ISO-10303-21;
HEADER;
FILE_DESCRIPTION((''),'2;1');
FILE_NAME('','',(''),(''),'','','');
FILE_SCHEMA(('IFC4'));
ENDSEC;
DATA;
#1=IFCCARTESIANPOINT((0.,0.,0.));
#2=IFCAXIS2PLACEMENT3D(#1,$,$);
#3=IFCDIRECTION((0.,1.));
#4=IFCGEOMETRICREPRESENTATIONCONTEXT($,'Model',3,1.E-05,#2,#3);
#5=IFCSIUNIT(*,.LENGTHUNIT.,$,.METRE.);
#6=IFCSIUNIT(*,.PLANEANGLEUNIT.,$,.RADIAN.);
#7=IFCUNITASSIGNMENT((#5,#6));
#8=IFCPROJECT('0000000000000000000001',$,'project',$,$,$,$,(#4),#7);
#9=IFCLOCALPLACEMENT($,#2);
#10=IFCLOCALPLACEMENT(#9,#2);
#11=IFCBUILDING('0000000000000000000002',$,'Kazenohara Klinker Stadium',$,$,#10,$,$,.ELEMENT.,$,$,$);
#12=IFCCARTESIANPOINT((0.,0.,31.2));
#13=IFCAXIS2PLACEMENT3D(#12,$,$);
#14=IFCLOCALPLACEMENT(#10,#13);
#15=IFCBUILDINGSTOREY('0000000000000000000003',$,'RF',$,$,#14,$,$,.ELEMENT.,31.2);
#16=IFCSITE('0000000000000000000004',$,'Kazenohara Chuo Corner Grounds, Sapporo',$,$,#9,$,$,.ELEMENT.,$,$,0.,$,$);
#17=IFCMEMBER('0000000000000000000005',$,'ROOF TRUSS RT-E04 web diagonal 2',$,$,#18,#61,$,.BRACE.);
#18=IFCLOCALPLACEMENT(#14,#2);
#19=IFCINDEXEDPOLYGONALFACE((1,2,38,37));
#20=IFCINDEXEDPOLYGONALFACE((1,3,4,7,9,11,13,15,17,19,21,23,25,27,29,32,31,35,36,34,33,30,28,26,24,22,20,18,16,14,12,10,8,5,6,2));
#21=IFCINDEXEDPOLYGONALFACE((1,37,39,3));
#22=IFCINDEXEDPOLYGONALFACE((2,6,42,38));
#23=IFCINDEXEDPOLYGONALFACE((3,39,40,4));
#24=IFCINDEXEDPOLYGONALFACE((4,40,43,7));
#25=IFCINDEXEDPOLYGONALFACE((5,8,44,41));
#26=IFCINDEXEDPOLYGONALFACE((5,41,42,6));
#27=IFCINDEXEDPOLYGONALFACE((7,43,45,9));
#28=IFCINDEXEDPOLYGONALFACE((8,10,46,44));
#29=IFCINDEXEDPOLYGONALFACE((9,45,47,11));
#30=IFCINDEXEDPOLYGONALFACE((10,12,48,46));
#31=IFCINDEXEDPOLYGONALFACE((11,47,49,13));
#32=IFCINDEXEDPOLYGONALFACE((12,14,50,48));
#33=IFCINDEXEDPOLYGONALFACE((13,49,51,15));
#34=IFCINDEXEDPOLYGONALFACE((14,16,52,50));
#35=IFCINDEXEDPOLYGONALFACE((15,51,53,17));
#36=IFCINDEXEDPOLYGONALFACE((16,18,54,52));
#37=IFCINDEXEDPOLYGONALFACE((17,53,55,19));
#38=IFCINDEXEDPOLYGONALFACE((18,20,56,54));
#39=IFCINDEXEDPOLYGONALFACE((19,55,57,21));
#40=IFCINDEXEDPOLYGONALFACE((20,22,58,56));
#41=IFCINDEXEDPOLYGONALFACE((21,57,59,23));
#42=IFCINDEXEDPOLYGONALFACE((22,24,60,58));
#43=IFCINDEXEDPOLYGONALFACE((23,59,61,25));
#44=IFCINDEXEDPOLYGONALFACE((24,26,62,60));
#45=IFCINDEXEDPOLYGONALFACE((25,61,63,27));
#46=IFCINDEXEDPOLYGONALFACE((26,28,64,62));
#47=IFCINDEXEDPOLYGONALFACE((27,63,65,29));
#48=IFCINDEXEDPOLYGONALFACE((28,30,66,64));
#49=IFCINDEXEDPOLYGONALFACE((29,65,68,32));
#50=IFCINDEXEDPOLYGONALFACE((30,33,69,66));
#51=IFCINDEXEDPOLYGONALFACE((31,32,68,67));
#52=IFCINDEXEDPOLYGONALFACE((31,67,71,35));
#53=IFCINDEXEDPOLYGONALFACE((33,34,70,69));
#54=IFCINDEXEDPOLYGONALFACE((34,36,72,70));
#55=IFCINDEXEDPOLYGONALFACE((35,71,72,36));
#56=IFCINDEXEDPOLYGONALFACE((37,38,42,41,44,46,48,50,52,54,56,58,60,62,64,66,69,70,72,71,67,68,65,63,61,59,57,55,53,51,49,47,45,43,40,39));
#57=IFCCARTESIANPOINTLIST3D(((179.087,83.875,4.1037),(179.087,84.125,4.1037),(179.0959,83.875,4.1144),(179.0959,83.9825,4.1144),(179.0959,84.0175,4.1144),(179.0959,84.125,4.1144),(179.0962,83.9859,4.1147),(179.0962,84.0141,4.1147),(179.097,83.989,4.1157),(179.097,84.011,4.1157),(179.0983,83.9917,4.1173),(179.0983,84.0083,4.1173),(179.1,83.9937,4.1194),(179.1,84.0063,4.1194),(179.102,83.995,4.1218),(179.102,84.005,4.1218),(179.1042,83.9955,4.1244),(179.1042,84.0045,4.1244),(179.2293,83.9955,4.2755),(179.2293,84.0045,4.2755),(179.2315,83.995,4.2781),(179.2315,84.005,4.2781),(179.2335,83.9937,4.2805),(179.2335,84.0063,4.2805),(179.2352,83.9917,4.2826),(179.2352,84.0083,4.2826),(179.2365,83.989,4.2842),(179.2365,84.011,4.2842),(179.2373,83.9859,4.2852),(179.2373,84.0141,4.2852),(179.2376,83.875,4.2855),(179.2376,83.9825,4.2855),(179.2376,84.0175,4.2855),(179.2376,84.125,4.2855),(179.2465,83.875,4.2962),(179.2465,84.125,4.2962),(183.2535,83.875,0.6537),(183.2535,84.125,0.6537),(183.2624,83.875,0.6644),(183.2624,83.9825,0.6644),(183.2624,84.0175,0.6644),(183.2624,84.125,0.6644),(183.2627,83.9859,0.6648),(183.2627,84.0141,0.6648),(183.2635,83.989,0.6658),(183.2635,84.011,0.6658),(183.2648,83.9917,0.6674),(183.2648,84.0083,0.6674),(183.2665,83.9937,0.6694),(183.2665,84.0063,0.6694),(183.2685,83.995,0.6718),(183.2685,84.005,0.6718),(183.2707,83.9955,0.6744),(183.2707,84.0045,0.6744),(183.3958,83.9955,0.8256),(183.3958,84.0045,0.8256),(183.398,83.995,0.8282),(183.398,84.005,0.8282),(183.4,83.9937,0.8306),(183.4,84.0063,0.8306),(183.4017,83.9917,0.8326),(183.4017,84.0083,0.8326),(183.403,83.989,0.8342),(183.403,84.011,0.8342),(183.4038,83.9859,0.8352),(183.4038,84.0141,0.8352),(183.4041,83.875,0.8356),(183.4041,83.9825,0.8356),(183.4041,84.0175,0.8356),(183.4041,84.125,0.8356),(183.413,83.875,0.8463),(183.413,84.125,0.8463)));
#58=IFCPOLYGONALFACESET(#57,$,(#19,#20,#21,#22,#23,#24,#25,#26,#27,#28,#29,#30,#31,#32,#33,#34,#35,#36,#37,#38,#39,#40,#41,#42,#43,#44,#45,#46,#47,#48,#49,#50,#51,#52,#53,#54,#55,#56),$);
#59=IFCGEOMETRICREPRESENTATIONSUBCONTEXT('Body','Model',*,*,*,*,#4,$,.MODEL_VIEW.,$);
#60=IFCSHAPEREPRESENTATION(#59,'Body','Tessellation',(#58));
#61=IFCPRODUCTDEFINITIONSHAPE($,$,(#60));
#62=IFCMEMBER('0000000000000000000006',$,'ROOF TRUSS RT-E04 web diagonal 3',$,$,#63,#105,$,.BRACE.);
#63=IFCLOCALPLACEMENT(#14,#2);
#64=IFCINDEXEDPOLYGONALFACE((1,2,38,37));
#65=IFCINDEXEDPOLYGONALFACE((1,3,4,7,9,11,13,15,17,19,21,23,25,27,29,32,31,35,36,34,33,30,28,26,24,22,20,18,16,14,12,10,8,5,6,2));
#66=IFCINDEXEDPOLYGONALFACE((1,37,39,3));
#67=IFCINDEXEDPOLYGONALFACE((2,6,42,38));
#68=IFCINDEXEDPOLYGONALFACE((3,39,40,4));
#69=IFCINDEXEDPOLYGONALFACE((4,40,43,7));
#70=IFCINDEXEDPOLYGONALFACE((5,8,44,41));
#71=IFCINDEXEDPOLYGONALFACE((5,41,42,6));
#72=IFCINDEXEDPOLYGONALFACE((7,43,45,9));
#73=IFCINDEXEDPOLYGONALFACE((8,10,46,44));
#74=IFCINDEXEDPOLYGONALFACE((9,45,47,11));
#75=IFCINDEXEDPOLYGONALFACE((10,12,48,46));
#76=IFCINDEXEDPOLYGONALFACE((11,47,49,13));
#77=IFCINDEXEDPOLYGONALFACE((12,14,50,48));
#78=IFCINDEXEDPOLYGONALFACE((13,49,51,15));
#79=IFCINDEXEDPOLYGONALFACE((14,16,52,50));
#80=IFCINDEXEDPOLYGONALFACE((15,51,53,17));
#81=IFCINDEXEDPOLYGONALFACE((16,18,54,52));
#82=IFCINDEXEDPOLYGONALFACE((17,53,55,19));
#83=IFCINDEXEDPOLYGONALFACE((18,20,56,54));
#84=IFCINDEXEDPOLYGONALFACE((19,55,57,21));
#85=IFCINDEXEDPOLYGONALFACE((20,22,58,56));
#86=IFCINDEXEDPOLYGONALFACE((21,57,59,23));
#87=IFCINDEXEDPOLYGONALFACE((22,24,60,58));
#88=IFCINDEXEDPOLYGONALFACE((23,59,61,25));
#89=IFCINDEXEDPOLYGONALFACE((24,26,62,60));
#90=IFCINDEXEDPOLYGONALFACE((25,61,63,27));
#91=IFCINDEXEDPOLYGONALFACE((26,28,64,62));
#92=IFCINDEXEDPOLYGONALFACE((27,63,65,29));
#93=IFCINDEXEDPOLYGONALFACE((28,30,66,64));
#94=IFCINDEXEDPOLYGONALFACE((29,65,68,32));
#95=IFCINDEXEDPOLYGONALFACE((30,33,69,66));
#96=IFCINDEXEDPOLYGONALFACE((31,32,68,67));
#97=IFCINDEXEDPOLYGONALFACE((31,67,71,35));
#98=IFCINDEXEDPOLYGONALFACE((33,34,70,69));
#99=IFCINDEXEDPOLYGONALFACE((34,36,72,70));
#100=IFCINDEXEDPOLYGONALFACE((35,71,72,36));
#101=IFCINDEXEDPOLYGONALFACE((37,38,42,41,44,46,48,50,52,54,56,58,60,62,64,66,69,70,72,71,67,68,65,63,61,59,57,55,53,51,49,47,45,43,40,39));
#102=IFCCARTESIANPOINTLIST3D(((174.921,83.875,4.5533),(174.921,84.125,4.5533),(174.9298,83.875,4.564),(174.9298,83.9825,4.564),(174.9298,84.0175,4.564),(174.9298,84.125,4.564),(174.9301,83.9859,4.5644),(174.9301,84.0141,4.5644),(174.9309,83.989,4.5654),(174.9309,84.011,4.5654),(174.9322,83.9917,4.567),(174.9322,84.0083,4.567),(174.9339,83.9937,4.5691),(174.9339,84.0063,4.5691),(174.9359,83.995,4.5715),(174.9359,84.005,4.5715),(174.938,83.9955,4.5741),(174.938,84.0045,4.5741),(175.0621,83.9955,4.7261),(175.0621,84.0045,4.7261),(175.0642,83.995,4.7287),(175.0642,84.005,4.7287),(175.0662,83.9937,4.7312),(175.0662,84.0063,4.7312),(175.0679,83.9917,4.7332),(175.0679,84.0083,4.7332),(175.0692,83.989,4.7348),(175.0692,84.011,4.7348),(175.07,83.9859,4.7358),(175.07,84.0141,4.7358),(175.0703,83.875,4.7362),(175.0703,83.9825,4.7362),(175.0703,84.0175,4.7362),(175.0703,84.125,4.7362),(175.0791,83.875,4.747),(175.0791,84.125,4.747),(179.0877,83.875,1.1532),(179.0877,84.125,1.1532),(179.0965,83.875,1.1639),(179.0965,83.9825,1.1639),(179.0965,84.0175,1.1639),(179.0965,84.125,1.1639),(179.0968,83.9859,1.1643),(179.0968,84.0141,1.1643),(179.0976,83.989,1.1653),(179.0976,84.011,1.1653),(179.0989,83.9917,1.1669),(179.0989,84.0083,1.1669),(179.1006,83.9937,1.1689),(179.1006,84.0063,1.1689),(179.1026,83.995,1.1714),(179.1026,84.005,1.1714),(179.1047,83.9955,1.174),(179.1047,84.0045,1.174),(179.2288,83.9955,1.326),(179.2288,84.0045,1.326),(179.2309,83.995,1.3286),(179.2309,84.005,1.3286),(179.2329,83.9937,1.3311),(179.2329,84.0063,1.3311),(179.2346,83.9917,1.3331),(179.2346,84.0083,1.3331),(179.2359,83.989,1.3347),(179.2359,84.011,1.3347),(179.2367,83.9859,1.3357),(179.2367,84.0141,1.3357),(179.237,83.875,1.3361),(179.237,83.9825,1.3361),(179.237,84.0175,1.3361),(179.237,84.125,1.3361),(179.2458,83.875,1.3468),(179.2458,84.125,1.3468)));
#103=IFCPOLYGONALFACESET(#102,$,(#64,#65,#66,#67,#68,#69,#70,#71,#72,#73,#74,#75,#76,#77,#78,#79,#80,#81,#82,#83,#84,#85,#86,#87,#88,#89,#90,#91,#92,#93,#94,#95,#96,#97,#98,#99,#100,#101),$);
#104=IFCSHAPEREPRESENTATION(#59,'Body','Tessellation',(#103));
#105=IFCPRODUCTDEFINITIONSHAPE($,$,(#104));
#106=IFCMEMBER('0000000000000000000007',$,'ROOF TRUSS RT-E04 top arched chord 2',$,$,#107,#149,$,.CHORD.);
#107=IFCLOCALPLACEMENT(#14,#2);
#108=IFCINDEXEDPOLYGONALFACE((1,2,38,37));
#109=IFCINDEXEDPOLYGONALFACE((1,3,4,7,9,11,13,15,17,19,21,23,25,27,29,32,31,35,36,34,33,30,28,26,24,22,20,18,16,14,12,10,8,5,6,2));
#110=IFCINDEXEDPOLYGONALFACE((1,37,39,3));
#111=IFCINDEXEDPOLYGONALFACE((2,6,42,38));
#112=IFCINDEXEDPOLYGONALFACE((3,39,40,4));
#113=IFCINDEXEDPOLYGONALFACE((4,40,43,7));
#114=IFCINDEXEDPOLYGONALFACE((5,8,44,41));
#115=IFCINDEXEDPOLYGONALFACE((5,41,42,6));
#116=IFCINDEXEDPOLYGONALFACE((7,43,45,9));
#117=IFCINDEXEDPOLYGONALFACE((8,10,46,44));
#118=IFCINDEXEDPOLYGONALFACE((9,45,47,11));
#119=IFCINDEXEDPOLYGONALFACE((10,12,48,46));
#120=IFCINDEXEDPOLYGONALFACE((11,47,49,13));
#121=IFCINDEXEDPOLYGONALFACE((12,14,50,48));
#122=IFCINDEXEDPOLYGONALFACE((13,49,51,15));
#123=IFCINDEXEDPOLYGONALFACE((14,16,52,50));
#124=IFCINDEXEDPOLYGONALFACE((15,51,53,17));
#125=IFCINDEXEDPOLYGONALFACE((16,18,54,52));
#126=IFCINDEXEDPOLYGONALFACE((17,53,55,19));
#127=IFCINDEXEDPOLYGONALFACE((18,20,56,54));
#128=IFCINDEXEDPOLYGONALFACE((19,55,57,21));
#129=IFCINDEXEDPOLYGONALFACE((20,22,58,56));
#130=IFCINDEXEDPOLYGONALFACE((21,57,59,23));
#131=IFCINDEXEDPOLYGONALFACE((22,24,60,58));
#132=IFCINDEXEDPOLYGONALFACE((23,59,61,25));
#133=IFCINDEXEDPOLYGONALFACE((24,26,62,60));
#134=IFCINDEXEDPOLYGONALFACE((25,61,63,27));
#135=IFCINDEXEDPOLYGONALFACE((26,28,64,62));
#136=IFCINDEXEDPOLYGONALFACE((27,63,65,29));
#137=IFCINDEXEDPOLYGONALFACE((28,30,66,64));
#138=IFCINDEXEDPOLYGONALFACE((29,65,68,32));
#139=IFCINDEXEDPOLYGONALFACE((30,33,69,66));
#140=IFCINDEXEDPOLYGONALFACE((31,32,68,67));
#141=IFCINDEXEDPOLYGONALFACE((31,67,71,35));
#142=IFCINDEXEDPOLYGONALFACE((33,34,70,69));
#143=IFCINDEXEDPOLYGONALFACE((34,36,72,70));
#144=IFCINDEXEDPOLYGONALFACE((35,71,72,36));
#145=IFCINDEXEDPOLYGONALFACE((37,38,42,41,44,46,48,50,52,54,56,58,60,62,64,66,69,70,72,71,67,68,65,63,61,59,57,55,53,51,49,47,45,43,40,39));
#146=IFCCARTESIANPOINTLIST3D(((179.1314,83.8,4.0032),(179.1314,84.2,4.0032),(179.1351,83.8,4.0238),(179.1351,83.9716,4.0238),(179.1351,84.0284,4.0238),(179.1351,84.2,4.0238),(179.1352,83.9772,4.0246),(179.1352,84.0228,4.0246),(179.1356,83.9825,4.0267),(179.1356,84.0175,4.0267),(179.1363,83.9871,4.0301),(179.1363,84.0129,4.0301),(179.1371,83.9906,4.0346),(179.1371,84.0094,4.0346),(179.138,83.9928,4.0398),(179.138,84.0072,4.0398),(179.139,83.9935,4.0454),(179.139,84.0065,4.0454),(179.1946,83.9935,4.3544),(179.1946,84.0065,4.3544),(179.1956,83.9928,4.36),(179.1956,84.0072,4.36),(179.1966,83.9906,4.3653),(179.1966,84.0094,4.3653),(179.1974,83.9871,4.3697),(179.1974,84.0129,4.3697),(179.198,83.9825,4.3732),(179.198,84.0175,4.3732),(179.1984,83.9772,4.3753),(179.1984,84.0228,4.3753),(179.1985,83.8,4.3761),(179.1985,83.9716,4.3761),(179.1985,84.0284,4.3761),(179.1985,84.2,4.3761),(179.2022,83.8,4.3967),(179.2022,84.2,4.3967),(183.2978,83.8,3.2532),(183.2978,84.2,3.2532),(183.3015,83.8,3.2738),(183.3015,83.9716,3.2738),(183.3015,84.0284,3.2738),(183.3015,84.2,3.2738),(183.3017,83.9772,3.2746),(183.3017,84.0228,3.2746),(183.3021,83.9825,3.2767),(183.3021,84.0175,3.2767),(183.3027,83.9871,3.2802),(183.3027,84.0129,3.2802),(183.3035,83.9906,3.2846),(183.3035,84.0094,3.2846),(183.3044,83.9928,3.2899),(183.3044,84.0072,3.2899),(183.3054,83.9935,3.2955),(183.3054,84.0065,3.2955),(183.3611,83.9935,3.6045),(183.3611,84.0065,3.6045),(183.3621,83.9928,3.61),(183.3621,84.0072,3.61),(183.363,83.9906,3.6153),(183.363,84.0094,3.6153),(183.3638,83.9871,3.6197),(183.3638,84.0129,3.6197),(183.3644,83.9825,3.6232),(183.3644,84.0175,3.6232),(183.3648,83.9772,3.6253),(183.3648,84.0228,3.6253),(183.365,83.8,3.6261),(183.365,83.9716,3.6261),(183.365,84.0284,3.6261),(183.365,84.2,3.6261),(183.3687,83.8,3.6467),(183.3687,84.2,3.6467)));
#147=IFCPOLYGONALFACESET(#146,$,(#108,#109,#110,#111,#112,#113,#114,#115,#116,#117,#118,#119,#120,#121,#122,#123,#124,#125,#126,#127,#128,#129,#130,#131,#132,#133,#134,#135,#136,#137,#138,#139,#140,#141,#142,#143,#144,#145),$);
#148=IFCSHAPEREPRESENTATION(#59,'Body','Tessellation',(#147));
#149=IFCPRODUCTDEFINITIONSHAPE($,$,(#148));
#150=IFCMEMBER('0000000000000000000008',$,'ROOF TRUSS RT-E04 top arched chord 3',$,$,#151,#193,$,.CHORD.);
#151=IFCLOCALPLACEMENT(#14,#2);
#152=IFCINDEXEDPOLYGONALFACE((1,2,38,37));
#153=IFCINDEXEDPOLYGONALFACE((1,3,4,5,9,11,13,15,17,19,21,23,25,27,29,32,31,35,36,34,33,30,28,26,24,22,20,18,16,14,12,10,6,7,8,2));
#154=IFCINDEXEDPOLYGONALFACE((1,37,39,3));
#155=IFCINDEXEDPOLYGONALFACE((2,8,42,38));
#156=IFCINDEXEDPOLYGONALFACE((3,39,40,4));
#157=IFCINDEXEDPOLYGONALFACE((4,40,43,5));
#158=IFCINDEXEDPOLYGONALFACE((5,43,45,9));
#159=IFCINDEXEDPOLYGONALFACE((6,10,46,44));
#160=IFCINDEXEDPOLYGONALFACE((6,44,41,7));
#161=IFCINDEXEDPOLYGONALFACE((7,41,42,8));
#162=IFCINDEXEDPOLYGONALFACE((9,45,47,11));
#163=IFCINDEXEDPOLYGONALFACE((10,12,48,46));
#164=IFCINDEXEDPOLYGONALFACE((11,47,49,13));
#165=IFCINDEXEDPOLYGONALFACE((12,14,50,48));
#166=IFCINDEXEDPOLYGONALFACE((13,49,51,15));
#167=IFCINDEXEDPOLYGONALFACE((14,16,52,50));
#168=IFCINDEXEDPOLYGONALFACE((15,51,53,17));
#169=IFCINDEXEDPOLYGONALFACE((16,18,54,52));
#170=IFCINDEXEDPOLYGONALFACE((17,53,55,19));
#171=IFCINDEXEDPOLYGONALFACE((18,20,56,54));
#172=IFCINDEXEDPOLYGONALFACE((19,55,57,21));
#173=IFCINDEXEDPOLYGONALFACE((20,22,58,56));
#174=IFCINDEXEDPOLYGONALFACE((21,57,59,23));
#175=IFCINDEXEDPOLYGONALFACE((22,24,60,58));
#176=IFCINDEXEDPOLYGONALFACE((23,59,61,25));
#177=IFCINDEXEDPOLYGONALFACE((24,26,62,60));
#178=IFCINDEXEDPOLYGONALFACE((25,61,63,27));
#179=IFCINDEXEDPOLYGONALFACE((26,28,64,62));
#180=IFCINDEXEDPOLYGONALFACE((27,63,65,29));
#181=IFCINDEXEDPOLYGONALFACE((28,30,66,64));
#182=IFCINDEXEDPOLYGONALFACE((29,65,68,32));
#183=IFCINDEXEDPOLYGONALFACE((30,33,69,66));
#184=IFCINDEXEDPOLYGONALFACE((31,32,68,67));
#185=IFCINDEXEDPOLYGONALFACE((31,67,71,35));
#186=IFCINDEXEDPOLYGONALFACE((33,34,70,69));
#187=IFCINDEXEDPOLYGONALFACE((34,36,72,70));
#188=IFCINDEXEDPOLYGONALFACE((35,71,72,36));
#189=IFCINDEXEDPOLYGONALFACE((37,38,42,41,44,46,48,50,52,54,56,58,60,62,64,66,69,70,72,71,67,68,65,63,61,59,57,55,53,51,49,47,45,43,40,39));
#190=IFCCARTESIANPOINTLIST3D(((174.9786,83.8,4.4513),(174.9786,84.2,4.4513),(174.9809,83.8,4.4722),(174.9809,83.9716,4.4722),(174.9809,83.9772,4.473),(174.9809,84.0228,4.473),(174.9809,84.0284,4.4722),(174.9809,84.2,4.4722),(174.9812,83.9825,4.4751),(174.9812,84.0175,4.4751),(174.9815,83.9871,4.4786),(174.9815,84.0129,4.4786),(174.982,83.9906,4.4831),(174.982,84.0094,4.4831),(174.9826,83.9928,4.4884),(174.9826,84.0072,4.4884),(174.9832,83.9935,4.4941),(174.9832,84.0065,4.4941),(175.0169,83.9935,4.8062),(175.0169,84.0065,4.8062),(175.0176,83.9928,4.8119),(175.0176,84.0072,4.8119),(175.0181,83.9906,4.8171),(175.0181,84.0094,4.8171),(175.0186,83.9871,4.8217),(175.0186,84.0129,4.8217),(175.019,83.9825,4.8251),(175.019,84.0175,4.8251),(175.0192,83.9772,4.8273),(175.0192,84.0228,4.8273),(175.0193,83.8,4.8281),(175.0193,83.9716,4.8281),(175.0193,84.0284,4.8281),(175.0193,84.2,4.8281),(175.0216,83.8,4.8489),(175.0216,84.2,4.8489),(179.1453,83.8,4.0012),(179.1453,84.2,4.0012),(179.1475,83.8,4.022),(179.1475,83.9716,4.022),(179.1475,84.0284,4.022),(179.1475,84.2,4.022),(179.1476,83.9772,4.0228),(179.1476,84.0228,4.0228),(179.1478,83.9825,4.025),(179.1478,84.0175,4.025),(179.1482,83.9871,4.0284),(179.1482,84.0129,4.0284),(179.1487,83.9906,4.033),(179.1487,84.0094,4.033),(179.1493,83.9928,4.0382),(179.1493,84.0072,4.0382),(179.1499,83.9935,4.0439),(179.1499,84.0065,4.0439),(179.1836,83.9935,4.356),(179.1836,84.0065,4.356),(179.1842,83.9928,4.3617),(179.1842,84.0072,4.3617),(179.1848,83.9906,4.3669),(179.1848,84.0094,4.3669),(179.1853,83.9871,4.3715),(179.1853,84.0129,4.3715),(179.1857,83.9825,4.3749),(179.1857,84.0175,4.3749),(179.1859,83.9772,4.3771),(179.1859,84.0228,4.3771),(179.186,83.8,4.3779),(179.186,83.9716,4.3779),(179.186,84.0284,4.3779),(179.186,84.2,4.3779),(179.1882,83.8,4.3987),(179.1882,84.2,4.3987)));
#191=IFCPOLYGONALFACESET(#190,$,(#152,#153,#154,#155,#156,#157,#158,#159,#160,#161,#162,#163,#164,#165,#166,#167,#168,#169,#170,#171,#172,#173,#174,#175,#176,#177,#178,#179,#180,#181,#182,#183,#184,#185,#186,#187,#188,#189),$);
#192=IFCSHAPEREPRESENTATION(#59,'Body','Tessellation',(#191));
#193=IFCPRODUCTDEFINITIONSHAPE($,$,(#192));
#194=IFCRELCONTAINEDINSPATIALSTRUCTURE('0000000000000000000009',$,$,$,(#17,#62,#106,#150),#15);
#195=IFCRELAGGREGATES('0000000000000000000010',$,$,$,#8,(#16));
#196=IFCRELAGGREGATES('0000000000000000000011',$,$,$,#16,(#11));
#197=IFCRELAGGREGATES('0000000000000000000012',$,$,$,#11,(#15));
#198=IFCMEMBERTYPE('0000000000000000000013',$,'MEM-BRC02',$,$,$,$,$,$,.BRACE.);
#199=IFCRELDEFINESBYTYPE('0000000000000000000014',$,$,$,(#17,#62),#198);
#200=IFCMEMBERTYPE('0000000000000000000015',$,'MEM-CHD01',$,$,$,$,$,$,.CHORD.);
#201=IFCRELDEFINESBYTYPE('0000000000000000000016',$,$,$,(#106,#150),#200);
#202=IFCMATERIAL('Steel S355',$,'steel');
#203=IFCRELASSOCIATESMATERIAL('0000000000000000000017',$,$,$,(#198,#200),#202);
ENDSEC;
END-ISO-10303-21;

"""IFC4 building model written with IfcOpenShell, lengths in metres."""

from ifc_helpers import new_model, si_unit, direction, frame, origin, origin_2d, place, context, subcontext, project, spatial, i_section, extrude, material, material_profile, profile_set, type_object, element, save


model = new_model("IFC4")

# Units and contexts
model_context = context("Model", 3, precision=1e-05, world=origin(), true_north=direction((0.0, 1.0)))
body_context = subcontext(model_context, "Body", "Model", "MODEL_VIEW")
ifc_project = project(units=[si_unit("LENGTHUNIT", "METRE"), si_unit("PLANEANGLEUNIT", "RADIAN")], contexts=[model_context])

# Site, building, storey
site_placement = place(None, origin())
site = spatial("IfcSite", under=ifc_project, at=site_placement, Name="Kazenohara Chuo Corner Grounds, Sapporo", CompositionType="ELEMENT", RefElevation=0.0)
building_placement = place(site_placement, origin())
building = spatial("IfcBuilding", under=site, at=building_placement, Name="Kazenohara Klinker Stadium", CompositionType="ELEMENT")
storey_placement = place(building_placement, frame((0.0, 0.0, 31.2)))
storey = spatial("IfcBuildingStorey", under=building, at=storey_placement, Name="RF", CompositionType="ELEMENT", Elevation=31.2)

# Members
ifc_material_1 = material(Name="Steel S355", Category="steel")
ifc_material_profile_1 = material_profile(ifc_material_1, i_section(OverallWidth=0.25, OverallDepth=0.25, WebThickness=0.009, FlangeThickness=0.0139, FilletRadius=0.0129, at=origin_2d()), Name="H-250x250x9x14")
ifc_profile_set_1 = profile_set([ifc_material_profile_1], Name="Steel S355")
member_type_1 = type_object("IfcMemberType", Name="MEM-BRC02", PredefinedType="BRACE", material=ifc_profile_set_1)
member_1_placement = place(storey_placement, frame((183.3333, 84.0, 0.75), z_axis=(-0.77023, 0.0, 0.637766), x_axis=(0.0, -1.0, 0.0)))
element("IfcMember", 1, at=member_1_placement, inside=storey, type_object=member_type_1, Name="ROOF TRUSS RT-E04 web diagonal 2", PredefinedType="BRACE", context=body_context, shape_type="SweptSolid", body=[
    extrude(i_section(OverallWidth=0.25, OverallDepth=0.25, WebThickness=0.009, FlangeThickness=0.0139, FilletRadius=0.0129, at=origin_2d()), origin(), (0.0, 0.0, 1.0), 5.4094),
])
member_2_placement = place(storey_placement, frame((179.1667, 84.0, 1.25), z_axis=(-0.774778, 0.0, 0.632234), x_axis=(0.0, -1.0, 0.0)))
element("IfcMember", 2, at=member_2_placement, inside=storey, type_object=member_type_1, Name="ROOF TRUSS RT-E04 web diagonal 3", PredefinedType="BRACE", context=body_context, shape_type="SweptSolid", body=[
    extrude(i_section(OverallWidth=0.25, OverallDepth=0.25, WebThickness=0.009, FlangeThickness=0.0139, FilletRadius=0.0129, at=origin_2d()), origin(), (0.0, 0.0, 1.0), 5.3779),
])
ifc_material_profile_2 = material_profile(ifc_material_1, i_section(OverallWidth=0.3999, OverallDepth=0.3999, WebThickness=0.0129, FlangeThickness=0.021, FilletRadius=0.022, at=origin_2d()), Name="H-400x400x13x21")
ifc_profile_set_2 = profile_set([ifc_material_profile_2], Name="Steel S355")
member_type_2 = type_object("IfcMemberType", Name="MEM-CHD01", PredefinedType="CHORD", material=ifc_profile_set_2)
member_3_placement = place(storey_placement, frame((183.3333, 84.0, 3.45), z_axis=(-0.984182, 0.0, 0.17716), x_axis=(0.0, -1.0, 0.0)))
element("IfcMember", 3, at=member_3_placement, inside=storey, type_object=member_type_2, Name="ROOF TRUSS RT-E04 top arched chord 2", PredefinedType="CHORD", context=body_context, shape_type="SweptSolid", body=[
    extrude(i_section(OverallWidth=0.3999, OverallDepth=0.3999, WebThickness=0.0129, FlangeThickness=0.021, FilletRadius=0.022, at=origin_2d()), origin(), (0.0, 0.0, 1.0), 4.2334),
])
member_4_placement = place(storey_placement, frame((179.1667, 84.0, 4.2), z_axis=(-0.994214, 0.0, 0.10742), x_axis=(0.0, -1.0, 0.0)))
element("IfcMember", 4, at=member_4_placement, inside=storey, type_object=member_type_2, Name="ROOF TRUSS RT-E04 top arched chord 3", PredefinedType="CHORD", context=body_context, shape_type="SweptSolid", body=[
    extrude(i_section(OverallWidth=0.3999, OverallDepth=0.3999, WebThickness=0.0129, FlangeThickness=0.021, FilletRadius=0.022, at=origin_2d()), origin(), (0.0, 0.0, 1.0), 4.1909),
])

save(model, "model.ifc")
